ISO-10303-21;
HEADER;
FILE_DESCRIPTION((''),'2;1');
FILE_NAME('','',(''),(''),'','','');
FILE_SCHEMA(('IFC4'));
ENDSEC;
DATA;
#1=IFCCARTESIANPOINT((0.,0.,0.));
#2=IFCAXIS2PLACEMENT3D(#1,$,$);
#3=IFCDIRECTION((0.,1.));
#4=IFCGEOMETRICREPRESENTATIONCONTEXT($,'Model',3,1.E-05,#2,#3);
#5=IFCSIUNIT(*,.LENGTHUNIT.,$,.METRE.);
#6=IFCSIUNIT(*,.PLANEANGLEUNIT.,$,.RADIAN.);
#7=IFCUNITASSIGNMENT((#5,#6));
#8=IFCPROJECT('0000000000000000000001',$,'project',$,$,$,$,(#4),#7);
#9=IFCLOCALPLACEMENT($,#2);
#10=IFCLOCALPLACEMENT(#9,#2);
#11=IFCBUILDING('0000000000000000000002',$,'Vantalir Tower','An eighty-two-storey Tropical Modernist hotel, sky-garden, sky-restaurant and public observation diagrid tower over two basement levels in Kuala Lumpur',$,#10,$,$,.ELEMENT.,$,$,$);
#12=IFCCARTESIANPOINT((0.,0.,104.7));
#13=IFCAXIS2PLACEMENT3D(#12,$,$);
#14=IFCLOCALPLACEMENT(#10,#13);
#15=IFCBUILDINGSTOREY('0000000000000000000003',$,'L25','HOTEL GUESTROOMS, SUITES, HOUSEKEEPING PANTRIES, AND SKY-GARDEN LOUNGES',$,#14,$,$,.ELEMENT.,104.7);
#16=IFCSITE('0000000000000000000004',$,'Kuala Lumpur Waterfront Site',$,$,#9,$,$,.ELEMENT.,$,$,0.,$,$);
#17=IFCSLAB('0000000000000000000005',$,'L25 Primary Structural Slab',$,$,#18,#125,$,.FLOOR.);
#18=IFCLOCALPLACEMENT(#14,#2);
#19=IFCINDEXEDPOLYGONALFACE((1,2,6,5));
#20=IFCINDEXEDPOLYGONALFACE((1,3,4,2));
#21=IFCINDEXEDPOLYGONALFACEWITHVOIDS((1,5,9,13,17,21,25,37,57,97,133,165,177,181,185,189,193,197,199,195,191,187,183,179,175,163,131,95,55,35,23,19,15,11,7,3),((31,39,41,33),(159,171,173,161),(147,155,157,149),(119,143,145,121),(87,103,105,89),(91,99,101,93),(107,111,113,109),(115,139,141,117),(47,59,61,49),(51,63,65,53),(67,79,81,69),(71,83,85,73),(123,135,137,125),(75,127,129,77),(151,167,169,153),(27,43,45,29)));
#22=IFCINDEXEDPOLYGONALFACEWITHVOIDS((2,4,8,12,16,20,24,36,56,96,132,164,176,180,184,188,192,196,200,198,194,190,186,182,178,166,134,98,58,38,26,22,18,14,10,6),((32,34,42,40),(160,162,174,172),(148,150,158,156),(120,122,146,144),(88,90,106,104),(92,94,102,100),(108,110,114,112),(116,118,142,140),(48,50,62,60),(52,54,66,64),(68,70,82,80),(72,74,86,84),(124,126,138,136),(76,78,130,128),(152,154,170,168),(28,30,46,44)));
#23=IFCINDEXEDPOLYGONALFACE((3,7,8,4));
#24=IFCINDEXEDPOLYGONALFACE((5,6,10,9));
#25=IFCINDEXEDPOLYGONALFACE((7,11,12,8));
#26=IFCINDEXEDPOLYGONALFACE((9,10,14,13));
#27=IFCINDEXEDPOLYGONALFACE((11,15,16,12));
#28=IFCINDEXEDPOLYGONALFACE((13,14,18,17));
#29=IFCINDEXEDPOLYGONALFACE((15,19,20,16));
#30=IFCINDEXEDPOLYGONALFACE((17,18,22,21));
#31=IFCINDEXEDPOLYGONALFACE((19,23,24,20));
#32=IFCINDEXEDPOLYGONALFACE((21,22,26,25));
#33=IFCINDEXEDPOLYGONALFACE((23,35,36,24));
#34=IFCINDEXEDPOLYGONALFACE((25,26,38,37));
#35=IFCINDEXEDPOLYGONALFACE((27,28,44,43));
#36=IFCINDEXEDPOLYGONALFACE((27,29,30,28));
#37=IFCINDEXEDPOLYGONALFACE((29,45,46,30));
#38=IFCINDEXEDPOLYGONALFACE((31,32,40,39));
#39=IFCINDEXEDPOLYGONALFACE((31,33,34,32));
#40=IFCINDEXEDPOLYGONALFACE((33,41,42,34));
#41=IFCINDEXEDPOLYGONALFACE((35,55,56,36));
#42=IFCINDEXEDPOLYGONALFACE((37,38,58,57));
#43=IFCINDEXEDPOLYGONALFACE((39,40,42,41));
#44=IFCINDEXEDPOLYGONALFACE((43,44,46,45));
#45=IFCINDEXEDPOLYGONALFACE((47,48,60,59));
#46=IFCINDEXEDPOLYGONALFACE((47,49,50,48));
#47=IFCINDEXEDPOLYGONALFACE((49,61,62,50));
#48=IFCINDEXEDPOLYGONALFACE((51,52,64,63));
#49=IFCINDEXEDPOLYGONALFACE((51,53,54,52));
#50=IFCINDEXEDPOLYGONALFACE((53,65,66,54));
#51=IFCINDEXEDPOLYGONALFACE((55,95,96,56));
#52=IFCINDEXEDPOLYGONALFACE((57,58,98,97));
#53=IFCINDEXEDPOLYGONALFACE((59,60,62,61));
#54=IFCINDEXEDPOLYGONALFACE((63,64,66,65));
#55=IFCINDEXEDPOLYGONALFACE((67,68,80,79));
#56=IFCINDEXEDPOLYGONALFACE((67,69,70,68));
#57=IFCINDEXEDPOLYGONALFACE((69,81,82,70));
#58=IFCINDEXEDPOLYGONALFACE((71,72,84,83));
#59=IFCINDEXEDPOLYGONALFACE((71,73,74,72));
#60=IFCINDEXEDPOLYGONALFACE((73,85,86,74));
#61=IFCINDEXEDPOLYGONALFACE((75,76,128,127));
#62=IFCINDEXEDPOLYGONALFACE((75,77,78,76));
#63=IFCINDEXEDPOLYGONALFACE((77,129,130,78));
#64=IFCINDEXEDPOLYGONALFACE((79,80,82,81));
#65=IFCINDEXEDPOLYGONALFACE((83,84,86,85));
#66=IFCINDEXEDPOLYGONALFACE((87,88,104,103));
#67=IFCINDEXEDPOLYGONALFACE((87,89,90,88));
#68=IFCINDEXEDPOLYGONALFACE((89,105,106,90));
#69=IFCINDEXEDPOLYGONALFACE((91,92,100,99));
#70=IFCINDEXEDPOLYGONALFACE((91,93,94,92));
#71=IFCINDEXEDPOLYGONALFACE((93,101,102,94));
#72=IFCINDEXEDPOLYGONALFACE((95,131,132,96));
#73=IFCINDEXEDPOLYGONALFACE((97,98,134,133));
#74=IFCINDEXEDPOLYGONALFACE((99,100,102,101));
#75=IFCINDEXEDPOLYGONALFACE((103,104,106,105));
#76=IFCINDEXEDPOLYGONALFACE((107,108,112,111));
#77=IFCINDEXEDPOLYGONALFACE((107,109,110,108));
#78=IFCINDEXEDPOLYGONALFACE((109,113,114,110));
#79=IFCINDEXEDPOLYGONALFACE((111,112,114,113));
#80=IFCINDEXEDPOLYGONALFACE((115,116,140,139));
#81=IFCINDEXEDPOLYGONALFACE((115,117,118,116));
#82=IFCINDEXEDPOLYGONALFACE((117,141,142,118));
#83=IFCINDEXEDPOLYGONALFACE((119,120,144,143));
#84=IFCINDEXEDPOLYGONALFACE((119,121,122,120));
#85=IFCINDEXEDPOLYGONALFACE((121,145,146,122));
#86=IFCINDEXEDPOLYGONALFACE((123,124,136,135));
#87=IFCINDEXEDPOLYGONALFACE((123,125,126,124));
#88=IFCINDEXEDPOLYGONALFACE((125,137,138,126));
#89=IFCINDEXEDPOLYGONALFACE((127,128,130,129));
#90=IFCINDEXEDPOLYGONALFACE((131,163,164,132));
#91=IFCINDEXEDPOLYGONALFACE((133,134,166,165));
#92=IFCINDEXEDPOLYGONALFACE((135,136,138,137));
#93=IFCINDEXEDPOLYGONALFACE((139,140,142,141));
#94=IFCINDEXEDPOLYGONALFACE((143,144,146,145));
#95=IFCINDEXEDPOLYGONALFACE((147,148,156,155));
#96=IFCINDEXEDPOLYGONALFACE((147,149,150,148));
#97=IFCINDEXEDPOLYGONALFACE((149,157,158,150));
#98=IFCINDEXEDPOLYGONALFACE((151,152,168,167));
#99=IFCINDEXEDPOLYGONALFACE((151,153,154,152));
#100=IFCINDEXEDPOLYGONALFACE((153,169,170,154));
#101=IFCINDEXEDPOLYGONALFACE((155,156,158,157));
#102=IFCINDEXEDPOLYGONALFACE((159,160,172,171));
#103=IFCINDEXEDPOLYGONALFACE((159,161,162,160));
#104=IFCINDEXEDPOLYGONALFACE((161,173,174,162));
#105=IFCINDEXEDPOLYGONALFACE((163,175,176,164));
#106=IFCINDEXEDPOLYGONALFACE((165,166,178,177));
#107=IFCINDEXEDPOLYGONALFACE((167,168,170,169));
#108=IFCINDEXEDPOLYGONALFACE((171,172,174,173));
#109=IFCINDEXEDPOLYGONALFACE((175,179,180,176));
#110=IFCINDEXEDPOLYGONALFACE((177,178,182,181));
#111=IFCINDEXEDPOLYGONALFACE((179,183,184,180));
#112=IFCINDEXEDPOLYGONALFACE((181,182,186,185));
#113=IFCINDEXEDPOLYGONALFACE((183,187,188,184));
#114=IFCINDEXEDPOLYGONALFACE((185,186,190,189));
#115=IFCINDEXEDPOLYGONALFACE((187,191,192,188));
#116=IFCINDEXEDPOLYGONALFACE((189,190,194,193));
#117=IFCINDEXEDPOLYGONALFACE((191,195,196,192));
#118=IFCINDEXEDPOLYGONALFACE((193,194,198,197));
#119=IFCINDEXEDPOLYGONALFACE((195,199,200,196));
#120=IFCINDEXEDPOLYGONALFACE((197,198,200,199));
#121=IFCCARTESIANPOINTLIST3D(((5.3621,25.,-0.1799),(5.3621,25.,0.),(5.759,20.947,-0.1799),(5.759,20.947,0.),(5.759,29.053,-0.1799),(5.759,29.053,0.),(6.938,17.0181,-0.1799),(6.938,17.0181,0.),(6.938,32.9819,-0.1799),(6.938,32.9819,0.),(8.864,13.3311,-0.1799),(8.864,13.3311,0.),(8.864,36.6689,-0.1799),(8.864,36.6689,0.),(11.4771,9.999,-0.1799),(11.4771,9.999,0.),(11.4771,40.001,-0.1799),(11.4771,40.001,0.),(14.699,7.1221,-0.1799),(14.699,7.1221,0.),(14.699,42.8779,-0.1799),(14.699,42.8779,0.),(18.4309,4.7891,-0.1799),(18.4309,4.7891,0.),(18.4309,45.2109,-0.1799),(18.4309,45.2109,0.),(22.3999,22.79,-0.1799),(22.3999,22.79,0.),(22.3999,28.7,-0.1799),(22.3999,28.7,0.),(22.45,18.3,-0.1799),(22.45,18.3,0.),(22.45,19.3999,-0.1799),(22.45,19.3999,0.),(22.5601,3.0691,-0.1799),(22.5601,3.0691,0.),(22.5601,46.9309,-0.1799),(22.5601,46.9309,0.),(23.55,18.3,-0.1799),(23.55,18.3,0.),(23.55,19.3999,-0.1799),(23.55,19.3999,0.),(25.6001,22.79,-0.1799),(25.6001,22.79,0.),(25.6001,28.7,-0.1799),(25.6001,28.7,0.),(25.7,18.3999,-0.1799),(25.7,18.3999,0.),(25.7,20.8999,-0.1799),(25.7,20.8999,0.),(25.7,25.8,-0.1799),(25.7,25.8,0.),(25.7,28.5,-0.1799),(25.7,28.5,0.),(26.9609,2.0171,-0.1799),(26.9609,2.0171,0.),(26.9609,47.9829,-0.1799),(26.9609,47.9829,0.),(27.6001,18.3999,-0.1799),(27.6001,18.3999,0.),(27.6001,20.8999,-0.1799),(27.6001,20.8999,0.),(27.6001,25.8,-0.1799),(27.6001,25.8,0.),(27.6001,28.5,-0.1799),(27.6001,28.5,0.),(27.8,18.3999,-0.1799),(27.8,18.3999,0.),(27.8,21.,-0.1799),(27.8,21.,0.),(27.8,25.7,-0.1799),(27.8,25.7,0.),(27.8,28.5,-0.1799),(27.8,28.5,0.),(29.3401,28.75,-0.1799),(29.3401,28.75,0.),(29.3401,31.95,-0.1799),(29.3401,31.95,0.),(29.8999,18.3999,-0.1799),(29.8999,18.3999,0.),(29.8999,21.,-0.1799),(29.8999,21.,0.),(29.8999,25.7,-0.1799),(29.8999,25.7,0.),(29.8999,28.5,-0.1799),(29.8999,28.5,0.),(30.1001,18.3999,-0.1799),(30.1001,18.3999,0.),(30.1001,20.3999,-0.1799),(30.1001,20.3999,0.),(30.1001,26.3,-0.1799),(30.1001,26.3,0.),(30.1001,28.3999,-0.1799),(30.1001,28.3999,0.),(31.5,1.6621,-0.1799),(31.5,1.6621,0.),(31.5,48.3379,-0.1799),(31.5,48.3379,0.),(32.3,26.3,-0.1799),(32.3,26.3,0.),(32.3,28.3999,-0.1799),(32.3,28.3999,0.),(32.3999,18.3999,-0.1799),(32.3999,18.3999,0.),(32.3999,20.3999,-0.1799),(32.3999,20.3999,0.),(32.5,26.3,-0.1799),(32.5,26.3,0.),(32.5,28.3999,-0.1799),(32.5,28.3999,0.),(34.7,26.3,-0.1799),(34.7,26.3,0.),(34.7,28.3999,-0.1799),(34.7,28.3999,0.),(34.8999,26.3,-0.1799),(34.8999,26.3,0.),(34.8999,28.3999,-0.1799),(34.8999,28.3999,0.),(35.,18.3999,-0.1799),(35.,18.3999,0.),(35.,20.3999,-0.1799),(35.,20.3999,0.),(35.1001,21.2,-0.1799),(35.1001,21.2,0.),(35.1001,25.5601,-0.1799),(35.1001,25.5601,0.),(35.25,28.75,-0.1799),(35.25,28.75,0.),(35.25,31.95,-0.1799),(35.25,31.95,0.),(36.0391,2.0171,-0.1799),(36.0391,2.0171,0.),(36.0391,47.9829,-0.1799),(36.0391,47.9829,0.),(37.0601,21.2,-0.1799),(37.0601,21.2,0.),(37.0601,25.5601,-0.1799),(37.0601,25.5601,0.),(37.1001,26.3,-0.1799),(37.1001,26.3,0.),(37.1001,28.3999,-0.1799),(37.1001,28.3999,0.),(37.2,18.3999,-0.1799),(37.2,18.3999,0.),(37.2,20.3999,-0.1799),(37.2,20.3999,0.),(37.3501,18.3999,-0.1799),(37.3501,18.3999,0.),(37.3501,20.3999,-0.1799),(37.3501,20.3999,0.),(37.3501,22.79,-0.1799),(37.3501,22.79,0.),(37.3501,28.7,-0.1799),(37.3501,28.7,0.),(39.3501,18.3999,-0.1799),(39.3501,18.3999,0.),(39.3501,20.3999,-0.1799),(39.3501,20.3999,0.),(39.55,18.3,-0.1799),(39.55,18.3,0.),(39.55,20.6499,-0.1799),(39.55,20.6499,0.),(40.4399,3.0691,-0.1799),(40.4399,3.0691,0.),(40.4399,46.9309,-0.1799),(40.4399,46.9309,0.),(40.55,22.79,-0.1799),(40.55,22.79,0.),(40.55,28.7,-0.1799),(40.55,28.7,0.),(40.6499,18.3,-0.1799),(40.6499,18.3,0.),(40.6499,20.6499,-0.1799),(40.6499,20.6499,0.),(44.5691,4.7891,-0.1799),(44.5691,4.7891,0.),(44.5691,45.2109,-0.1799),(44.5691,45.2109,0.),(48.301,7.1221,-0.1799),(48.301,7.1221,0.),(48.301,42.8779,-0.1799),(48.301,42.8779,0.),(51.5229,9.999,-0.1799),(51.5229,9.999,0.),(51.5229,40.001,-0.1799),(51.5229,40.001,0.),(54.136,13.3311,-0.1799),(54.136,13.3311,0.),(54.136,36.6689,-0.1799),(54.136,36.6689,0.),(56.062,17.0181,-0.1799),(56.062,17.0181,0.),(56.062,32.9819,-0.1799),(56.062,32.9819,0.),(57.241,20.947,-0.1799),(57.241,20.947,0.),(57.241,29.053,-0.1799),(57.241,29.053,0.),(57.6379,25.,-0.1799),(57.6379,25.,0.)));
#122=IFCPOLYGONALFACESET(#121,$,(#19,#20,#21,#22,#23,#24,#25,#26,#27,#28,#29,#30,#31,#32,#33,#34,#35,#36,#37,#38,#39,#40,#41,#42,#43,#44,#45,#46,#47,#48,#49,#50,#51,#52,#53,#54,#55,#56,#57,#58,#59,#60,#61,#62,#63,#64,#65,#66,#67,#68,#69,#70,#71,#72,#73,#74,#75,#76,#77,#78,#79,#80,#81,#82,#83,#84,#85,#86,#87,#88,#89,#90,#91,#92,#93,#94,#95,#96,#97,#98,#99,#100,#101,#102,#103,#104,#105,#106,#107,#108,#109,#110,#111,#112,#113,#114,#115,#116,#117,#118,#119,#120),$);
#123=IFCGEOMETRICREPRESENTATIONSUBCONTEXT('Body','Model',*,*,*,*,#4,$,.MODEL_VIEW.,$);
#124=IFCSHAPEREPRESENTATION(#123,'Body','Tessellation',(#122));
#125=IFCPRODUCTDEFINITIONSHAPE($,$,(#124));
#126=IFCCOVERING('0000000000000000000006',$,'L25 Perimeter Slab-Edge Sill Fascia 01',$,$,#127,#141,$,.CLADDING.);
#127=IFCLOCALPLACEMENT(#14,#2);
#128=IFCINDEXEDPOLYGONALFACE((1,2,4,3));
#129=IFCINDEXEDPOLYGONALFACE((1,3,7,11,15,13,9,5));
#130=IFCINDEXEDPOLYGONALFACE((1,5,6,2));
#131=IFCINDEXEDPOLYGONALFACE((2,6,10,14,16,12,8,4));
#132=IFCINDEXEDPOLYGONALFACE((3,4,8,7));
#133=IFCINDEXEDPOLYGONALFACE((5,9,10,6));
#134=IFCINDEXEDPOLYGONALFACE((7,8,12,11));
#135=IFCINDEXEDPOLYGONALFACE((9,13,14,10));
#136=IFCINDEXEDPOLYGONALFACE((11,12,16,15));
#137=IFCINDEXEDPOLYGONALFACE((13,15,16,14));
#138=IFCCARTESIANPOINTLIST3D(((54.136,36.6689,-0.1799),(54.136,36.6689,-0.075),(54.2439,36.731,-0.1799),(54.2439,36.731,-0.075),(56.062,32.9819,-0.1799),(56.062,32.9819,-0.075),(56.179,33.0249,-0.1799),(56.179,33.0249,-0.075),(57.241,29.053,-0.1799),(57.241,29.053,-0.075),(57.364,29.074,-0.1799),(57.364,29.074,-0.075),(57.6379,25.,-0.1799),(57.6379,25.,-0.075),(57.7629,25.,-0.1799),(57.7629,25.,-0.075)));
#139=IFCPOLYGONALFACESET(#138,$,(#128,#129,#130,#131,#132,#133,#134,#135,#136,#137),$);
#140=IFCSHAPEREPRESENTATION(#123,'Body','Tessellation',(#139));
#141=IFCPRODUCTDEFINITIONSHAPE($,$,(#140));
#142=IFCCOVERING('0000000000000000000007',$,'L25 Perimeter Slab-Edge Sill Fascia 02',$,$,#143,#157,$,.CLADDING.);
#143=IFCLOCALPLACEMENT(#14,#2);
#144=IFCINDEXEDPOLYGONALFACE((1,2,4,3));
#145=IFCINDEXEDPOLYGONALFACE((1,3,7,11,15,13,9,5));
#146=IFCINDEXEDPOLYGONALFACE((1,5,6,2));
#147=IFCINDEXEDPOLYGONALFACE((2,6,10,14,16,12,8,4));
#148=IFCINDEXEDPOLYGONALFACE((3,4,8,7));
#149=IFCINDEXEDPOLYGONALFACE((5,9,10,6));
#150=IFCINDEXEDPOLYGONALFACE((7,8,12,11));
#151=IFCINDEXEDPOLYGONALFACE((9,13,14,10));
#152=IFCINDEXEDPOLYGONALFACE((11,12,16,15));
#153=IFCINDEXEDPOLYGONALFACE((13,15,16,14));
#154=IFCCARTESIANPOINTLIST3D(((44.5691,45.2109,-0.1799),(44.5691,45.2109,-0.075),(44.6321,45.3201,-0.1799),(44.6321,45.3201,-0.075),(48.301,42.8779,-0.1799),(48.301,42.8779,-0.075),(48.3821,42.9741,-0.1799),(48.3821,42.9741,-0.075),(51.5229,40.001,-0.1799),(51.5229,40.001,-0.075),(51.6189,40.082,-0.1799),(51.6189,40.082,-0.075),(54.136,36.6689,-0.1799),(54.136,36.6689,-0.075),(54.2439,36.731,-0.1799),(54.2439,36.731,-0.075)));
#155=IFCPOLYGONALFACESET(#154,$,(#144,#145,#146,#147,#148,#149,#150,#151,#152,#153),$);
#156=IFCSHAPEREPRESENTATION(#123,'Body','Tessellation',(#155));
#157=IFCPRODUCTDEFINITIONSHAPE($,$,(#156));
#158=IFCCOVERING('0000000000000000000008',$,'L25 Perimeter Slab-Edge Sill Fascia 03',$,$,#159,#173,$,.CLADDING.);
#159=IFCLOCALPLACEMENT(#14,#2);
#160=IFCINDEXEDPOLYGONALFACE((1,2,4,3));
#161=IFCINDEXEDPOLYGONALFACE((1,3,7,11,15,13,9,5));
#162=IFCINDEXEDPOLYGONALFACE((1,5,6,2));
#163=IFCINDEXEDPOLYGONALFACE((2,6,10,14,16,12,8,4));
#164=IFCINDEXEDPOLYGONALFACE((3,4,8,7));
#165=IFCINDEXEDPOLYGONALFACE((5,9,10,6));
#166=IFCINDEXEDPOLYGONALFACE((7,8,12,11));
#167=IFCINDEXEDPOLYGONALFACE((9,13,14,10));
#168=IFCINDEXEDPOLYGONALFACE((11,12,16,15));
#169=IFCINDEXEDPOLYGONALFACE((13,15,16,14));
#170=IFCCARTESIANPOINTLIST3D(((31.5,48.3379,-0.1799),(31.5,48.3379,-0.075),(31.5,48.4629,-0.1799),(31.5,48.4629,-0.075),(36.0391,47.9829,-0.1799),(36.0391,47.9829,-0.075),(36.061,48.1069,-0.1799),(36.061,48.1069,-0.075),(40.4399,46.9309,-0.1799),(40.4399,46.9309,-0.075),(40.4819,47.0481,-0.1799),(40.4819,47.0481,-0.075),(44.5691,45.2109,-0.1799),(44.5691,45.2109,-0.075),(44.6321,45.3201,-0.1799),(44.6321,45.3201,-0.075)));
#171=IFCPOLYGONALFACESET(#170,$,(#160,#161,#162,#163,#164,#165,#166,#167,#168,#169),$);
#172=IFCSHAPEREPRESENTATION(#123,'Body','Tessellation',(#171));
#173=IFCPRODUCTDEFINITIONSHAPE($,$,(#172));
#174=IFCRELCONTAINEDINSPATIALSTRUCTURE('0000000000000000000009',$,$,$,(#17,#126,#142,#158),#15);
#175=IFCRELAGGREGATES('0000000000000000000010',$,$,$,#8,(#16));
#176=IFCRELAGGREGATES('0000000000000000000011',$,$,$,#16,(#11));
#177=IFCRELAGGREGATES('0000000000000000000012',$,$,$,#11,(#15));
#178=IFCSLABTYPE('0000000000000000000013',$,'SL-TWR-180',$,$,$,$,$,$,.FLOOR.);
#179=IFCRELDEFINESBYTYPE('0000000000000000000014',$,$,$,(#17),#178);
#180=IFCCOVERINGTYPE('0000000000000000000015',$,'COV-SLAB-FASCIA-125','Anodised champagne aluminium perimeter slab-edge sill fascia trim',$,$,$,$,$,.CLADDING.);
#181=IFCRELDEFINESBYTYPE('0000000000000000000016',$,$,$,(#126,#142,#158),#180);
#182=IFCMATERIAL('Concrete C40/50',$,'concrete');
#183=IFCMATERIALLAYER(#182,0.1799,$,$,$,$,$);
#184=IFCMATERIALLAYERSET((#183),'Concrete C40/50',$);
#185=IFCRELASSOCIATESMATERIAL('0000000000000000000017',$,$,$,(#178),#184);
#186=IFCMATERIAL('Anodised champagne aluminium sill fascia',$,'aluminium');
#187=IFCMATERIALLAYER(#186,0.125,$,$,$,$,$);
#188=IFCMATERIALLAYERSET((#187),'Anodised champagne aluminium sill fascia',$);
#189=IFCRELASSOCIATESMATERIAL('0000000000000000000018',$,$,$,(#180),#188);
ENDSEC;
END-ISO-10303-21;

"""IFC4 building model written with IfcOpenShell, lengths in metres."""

from ifc_helpers import new_model, si_unit, direction, frame, origin, place, context, subcontext, project, spatial, polyline, outline, extrude, material, layer, layer_set, type_object, element, save


model = new_model("IFC4")

# Units and contexts
model_context = context("Model", 3, precision=1e-05, world=origin(), true_north=direction((0.0, 1.0)))
body_context = subcontext(model_context, "Body", "Model", "MODEL_VIEW")
ifc_project = project(units=[si_unit("LENGTHUNIT", "METRE"), si_unit("PLANEANGLEUNIT", "RADIAN")], contexts=[model_context])

# Site, building, storey
site_placement = place(None, origin())
site = spatial("IfcSite", under=ifc_project, at=site_placement, Name="Kuala Lumpur Waterfront Site", CompositionType="ELEMENT", RefElevation=0.0)
building_placement = place(site_placement, origin())
building = spatial("IfcBuilding", under=site, at=building_placement, Name="Vantalir Tower", Description="An eighty-two-storey Tropical Modernist hotel, sky-garden, sky-restaurant and public observation diagrid tower over two basement levels in Kuala Lumpur", CompositionType="ELEMENT")
storey_placement = place(building_placement, frame((0.0, 0.0, 104.7)))
storey = spatial("IfcBuildingStorey", under=building, at=storey_placement, Name="L25", Description="HOTEL GUESTROOMS, SUITES, HOUSEKEEPING PANTRIES, AND SKY-GARDEN LOUNGES", CompositionType="ELEMENT", Elevation=104.7)

# Shared definitions
ifc_material_1 = material(Name="Concrete C40/50", Category="concrete")

# Slab
ifc_layer_1 = layer(ifc_material_1, 0.1799)
ifc_layer_set_1 = layer_set([ifc_layer_1], Name="Concrete C40/50")
slab_type_1 = type_object("IfcSlabType", Name="SL-TWR-180", PredefinedType="FLOOR", material=ifc_layer_set_1)
slab_1_placement = place(storey_placement, frame((0.0, 0.0, -0.1799)))
element("IfcSlab", 1, at=slab_1_placement, inside=storey, type_object=slab_type_1, Name="L25 Primary Structural Slab", PredefinedType="FLOOR", context=body_context, shape_type="SweptSolid", body=[
    extrude(outline(polyline([(8.864, 13.3311), (11.4771, 9.999), (14.699, 7.1221), (18.4309, 4.7891), (22.5601, 3.0691), (26.9609, 2.0171), (31.5, 1.6621), (36.0391, 2.0171), (40.4399, 3.0691), (44.5691, 4.7891), (48.301, 7.1221), (51.5229, 9.999), (54.136, 13.3311), (56.062, 17.0181), (57.241, 20.947), (57.6379, 25.0), (57.241, 29.053), (56.062, 32.9819), (54.136, 36.6689), (51.5229, 40.001), (48.301, 42.8779), (44.5691, 45.2109), (40.4399, 46.9309), (36.0391, 47.9829), (31.5, 48.3379), (26.9609, 47.9829), (22.5601, 46.9309), (18.4309, 45.2109), (14.699, 42.8779), (11.4771, 40.001), (8.864, 36.6689), (6.938, 32.9819), (5.759, 29.053), (5.3621, 25.0), (5.759, 20.947), (6.938, 17.0181), (8.864, 13.3311)]), holes=[polyline([(22.3999, 22.79), (22.3999, 28.7), (25.6001, 28.7), (25.6001, 22.79), (22.3999, 22.79)]), polyline([(37.3501, 28.7), (40.55, 28.7), (40.55, 22.79), (37.3501, 22.79), (37.3501, 28.7)]), polyline([(35.25, 28.75), (29.3401, 28.75), (29.3401, 31.95), (35.25, 31.95), (35.25, 28.75)]), polyline([(27.6001, 18.3999), (25.7, 18.3999), (25.7, 20.8999), (27.6001, 20.8999), (27.6001, 18.3999)]), polyline([(25.7, 25.8), (25.7, 28.5), (27.6001, 28.5), (27.6001, 25.8), (25.7, 25.8)]), polyline([(27.8, 21.0), (29.8999, 21.0), (29.8999, 18.3999), (27.8, 18.3999), (27.8, 21.0)]), polyline([(29.8999, 28.5), (29.8999, 25.7), (27.8, 25.7), (27.8, 28.5), (29.8999, 28.5)]), polyline([(32.3999, 18.3999), (30.1001, 18.3999), (30.1001, 20.3999), (32.3999, 20.3999), (32.3999, 18.3999)]), polyline([(37.3501, 18.3999), (37.3501, 20.3999), (39.3501, 20.3999), (39.3501, 18.3999), (37.3501, 18.3999)]), polyline([(35.0, 20.3999), (37.2, 20.3999), (37.2, 18.3999), (35.0, 18.3999), (35.0, 20.3999)]), polyline([(32.3, 28.3999), (32.3, 26.3), (30.1001, 26.3), (30.1001, 28.3999), (32.3, 28.3999)]), polyline([(34.7, 26.3), (32.5, 26.3), (32.5, 28.3999), (34.7, 28.3999), (34.7, 26.3)]), polyline([(34.8999, 26.3), (34.8999, 28.3999), (37.1001, 28.3999), (37.1001, 26.3), (34.8999, 26.3)]), polyline([(35.1001, 25.5601), (37.0601, 25.5601), (37.0601, 21.2), (35.1001, 21.2), (35.1001, 25.5601)]), polyline([(23.55, 19.3999), (23.55, 18.3), (22.45, 18.3), (22.45, 19.3999), (23.55, 19.3999)]), polyline([(40.6499, 18.3), (39.55, 18.3), (39.55, 20.6499), (40.6499, 20.6499), (40.6499, 18.3)])]), origin(), (0.0, 0.0, 1.0), 0.1799),
])

# Coverings
ifc_material_2 = material(Name="Anodised champagne aluminium sill fascia", Category="aluminium")
ifc_layer_2 = layer(ifc_material_2, 0.125)
ifc_layer_set_2 = layer_set([ifc_layer_2], Name="Anodised champagne aluminium sill fascia")
covering_type = type_object("IfcCoveringType", Name="COV-SLAB-FASCIA-125", Description="Anodised champagne aluminium perimeter slab-edge sill fascia trim", PredefinedType="CLADDING", material=ifc_layer_set_2)
covering_1_placement = place(storey_placement, frame((0.0, 0.0, -0.1799)))
element("IfcCovering", 2, at=covering_1_placement, inside=storey, type_object=covering_type, Name="L25 Perimeter Slab-Edge Sill Fascia 01", PredefinedType="CLADDING", context=body_context, shape_type="SweptSolid", body=[
    extrude(outline(polyline([(57.7629, 25.0), (57.364, 29.074), (56.179, 33.0249), (54.2439, 36.731), (54.136, 36.6689), (56.062, 32.9819), (57.241, 29.053), (57.6379, 25.0), (57.7629, 25.0)])), origin(), (0.0, 0.0, 1.0), 0.105),
])
covering_2_placement = place(storey_placement, frame((0.0, 0.0, -0.1799)))
element("IfcCovering", 3, at=covering_2_placement, inside=storey, type_object=covering_type, Name="L25 Perimeter Slab-Edge Sill Fascia 02", PredefinedType="CLADDING", context=body_context, shape_type="SweptSolid", body=[
    extrude(outline(polyline([(54.2439, 36.731), (51.6189, 40.082), (48.3821, 42.9741), (44.6321, 45.3201), (44.5691, 45.2109), (48.301, 42.8779), (51.5229, 40.001), (54.136, 36.6689), (54.2439, 36.731)])), origin(), (0.0, 0.0, 1.0), 0.105),
])
covering_3_placement = place(storey_placement, frame((0.0, 0.0, -0.1799)))
element("IfcCovering", 4, at=covering_3_placement, inside=storey, type_object=covering_type, Name="L25 Perimeter Slab-Edge Sill Fascia 03", PredefinedType="CLADDING", context=body_context, shape_type="SweptSolid", body=[
    extrude(outline(polyline([(44.6321, 45.3201), (40.4819, 47.0481), (36.061, 48.1069), (31.5, 48.4629), (31.5, 48.3379), (36.0391, 47.9829), (40.4399, 46.9309), (44.5691, 45.2109), (44.6321, 45.3201)])), origin(), (0.0, 0.0, 1.0), 0.105),
])

save(model, "model.ifc")
